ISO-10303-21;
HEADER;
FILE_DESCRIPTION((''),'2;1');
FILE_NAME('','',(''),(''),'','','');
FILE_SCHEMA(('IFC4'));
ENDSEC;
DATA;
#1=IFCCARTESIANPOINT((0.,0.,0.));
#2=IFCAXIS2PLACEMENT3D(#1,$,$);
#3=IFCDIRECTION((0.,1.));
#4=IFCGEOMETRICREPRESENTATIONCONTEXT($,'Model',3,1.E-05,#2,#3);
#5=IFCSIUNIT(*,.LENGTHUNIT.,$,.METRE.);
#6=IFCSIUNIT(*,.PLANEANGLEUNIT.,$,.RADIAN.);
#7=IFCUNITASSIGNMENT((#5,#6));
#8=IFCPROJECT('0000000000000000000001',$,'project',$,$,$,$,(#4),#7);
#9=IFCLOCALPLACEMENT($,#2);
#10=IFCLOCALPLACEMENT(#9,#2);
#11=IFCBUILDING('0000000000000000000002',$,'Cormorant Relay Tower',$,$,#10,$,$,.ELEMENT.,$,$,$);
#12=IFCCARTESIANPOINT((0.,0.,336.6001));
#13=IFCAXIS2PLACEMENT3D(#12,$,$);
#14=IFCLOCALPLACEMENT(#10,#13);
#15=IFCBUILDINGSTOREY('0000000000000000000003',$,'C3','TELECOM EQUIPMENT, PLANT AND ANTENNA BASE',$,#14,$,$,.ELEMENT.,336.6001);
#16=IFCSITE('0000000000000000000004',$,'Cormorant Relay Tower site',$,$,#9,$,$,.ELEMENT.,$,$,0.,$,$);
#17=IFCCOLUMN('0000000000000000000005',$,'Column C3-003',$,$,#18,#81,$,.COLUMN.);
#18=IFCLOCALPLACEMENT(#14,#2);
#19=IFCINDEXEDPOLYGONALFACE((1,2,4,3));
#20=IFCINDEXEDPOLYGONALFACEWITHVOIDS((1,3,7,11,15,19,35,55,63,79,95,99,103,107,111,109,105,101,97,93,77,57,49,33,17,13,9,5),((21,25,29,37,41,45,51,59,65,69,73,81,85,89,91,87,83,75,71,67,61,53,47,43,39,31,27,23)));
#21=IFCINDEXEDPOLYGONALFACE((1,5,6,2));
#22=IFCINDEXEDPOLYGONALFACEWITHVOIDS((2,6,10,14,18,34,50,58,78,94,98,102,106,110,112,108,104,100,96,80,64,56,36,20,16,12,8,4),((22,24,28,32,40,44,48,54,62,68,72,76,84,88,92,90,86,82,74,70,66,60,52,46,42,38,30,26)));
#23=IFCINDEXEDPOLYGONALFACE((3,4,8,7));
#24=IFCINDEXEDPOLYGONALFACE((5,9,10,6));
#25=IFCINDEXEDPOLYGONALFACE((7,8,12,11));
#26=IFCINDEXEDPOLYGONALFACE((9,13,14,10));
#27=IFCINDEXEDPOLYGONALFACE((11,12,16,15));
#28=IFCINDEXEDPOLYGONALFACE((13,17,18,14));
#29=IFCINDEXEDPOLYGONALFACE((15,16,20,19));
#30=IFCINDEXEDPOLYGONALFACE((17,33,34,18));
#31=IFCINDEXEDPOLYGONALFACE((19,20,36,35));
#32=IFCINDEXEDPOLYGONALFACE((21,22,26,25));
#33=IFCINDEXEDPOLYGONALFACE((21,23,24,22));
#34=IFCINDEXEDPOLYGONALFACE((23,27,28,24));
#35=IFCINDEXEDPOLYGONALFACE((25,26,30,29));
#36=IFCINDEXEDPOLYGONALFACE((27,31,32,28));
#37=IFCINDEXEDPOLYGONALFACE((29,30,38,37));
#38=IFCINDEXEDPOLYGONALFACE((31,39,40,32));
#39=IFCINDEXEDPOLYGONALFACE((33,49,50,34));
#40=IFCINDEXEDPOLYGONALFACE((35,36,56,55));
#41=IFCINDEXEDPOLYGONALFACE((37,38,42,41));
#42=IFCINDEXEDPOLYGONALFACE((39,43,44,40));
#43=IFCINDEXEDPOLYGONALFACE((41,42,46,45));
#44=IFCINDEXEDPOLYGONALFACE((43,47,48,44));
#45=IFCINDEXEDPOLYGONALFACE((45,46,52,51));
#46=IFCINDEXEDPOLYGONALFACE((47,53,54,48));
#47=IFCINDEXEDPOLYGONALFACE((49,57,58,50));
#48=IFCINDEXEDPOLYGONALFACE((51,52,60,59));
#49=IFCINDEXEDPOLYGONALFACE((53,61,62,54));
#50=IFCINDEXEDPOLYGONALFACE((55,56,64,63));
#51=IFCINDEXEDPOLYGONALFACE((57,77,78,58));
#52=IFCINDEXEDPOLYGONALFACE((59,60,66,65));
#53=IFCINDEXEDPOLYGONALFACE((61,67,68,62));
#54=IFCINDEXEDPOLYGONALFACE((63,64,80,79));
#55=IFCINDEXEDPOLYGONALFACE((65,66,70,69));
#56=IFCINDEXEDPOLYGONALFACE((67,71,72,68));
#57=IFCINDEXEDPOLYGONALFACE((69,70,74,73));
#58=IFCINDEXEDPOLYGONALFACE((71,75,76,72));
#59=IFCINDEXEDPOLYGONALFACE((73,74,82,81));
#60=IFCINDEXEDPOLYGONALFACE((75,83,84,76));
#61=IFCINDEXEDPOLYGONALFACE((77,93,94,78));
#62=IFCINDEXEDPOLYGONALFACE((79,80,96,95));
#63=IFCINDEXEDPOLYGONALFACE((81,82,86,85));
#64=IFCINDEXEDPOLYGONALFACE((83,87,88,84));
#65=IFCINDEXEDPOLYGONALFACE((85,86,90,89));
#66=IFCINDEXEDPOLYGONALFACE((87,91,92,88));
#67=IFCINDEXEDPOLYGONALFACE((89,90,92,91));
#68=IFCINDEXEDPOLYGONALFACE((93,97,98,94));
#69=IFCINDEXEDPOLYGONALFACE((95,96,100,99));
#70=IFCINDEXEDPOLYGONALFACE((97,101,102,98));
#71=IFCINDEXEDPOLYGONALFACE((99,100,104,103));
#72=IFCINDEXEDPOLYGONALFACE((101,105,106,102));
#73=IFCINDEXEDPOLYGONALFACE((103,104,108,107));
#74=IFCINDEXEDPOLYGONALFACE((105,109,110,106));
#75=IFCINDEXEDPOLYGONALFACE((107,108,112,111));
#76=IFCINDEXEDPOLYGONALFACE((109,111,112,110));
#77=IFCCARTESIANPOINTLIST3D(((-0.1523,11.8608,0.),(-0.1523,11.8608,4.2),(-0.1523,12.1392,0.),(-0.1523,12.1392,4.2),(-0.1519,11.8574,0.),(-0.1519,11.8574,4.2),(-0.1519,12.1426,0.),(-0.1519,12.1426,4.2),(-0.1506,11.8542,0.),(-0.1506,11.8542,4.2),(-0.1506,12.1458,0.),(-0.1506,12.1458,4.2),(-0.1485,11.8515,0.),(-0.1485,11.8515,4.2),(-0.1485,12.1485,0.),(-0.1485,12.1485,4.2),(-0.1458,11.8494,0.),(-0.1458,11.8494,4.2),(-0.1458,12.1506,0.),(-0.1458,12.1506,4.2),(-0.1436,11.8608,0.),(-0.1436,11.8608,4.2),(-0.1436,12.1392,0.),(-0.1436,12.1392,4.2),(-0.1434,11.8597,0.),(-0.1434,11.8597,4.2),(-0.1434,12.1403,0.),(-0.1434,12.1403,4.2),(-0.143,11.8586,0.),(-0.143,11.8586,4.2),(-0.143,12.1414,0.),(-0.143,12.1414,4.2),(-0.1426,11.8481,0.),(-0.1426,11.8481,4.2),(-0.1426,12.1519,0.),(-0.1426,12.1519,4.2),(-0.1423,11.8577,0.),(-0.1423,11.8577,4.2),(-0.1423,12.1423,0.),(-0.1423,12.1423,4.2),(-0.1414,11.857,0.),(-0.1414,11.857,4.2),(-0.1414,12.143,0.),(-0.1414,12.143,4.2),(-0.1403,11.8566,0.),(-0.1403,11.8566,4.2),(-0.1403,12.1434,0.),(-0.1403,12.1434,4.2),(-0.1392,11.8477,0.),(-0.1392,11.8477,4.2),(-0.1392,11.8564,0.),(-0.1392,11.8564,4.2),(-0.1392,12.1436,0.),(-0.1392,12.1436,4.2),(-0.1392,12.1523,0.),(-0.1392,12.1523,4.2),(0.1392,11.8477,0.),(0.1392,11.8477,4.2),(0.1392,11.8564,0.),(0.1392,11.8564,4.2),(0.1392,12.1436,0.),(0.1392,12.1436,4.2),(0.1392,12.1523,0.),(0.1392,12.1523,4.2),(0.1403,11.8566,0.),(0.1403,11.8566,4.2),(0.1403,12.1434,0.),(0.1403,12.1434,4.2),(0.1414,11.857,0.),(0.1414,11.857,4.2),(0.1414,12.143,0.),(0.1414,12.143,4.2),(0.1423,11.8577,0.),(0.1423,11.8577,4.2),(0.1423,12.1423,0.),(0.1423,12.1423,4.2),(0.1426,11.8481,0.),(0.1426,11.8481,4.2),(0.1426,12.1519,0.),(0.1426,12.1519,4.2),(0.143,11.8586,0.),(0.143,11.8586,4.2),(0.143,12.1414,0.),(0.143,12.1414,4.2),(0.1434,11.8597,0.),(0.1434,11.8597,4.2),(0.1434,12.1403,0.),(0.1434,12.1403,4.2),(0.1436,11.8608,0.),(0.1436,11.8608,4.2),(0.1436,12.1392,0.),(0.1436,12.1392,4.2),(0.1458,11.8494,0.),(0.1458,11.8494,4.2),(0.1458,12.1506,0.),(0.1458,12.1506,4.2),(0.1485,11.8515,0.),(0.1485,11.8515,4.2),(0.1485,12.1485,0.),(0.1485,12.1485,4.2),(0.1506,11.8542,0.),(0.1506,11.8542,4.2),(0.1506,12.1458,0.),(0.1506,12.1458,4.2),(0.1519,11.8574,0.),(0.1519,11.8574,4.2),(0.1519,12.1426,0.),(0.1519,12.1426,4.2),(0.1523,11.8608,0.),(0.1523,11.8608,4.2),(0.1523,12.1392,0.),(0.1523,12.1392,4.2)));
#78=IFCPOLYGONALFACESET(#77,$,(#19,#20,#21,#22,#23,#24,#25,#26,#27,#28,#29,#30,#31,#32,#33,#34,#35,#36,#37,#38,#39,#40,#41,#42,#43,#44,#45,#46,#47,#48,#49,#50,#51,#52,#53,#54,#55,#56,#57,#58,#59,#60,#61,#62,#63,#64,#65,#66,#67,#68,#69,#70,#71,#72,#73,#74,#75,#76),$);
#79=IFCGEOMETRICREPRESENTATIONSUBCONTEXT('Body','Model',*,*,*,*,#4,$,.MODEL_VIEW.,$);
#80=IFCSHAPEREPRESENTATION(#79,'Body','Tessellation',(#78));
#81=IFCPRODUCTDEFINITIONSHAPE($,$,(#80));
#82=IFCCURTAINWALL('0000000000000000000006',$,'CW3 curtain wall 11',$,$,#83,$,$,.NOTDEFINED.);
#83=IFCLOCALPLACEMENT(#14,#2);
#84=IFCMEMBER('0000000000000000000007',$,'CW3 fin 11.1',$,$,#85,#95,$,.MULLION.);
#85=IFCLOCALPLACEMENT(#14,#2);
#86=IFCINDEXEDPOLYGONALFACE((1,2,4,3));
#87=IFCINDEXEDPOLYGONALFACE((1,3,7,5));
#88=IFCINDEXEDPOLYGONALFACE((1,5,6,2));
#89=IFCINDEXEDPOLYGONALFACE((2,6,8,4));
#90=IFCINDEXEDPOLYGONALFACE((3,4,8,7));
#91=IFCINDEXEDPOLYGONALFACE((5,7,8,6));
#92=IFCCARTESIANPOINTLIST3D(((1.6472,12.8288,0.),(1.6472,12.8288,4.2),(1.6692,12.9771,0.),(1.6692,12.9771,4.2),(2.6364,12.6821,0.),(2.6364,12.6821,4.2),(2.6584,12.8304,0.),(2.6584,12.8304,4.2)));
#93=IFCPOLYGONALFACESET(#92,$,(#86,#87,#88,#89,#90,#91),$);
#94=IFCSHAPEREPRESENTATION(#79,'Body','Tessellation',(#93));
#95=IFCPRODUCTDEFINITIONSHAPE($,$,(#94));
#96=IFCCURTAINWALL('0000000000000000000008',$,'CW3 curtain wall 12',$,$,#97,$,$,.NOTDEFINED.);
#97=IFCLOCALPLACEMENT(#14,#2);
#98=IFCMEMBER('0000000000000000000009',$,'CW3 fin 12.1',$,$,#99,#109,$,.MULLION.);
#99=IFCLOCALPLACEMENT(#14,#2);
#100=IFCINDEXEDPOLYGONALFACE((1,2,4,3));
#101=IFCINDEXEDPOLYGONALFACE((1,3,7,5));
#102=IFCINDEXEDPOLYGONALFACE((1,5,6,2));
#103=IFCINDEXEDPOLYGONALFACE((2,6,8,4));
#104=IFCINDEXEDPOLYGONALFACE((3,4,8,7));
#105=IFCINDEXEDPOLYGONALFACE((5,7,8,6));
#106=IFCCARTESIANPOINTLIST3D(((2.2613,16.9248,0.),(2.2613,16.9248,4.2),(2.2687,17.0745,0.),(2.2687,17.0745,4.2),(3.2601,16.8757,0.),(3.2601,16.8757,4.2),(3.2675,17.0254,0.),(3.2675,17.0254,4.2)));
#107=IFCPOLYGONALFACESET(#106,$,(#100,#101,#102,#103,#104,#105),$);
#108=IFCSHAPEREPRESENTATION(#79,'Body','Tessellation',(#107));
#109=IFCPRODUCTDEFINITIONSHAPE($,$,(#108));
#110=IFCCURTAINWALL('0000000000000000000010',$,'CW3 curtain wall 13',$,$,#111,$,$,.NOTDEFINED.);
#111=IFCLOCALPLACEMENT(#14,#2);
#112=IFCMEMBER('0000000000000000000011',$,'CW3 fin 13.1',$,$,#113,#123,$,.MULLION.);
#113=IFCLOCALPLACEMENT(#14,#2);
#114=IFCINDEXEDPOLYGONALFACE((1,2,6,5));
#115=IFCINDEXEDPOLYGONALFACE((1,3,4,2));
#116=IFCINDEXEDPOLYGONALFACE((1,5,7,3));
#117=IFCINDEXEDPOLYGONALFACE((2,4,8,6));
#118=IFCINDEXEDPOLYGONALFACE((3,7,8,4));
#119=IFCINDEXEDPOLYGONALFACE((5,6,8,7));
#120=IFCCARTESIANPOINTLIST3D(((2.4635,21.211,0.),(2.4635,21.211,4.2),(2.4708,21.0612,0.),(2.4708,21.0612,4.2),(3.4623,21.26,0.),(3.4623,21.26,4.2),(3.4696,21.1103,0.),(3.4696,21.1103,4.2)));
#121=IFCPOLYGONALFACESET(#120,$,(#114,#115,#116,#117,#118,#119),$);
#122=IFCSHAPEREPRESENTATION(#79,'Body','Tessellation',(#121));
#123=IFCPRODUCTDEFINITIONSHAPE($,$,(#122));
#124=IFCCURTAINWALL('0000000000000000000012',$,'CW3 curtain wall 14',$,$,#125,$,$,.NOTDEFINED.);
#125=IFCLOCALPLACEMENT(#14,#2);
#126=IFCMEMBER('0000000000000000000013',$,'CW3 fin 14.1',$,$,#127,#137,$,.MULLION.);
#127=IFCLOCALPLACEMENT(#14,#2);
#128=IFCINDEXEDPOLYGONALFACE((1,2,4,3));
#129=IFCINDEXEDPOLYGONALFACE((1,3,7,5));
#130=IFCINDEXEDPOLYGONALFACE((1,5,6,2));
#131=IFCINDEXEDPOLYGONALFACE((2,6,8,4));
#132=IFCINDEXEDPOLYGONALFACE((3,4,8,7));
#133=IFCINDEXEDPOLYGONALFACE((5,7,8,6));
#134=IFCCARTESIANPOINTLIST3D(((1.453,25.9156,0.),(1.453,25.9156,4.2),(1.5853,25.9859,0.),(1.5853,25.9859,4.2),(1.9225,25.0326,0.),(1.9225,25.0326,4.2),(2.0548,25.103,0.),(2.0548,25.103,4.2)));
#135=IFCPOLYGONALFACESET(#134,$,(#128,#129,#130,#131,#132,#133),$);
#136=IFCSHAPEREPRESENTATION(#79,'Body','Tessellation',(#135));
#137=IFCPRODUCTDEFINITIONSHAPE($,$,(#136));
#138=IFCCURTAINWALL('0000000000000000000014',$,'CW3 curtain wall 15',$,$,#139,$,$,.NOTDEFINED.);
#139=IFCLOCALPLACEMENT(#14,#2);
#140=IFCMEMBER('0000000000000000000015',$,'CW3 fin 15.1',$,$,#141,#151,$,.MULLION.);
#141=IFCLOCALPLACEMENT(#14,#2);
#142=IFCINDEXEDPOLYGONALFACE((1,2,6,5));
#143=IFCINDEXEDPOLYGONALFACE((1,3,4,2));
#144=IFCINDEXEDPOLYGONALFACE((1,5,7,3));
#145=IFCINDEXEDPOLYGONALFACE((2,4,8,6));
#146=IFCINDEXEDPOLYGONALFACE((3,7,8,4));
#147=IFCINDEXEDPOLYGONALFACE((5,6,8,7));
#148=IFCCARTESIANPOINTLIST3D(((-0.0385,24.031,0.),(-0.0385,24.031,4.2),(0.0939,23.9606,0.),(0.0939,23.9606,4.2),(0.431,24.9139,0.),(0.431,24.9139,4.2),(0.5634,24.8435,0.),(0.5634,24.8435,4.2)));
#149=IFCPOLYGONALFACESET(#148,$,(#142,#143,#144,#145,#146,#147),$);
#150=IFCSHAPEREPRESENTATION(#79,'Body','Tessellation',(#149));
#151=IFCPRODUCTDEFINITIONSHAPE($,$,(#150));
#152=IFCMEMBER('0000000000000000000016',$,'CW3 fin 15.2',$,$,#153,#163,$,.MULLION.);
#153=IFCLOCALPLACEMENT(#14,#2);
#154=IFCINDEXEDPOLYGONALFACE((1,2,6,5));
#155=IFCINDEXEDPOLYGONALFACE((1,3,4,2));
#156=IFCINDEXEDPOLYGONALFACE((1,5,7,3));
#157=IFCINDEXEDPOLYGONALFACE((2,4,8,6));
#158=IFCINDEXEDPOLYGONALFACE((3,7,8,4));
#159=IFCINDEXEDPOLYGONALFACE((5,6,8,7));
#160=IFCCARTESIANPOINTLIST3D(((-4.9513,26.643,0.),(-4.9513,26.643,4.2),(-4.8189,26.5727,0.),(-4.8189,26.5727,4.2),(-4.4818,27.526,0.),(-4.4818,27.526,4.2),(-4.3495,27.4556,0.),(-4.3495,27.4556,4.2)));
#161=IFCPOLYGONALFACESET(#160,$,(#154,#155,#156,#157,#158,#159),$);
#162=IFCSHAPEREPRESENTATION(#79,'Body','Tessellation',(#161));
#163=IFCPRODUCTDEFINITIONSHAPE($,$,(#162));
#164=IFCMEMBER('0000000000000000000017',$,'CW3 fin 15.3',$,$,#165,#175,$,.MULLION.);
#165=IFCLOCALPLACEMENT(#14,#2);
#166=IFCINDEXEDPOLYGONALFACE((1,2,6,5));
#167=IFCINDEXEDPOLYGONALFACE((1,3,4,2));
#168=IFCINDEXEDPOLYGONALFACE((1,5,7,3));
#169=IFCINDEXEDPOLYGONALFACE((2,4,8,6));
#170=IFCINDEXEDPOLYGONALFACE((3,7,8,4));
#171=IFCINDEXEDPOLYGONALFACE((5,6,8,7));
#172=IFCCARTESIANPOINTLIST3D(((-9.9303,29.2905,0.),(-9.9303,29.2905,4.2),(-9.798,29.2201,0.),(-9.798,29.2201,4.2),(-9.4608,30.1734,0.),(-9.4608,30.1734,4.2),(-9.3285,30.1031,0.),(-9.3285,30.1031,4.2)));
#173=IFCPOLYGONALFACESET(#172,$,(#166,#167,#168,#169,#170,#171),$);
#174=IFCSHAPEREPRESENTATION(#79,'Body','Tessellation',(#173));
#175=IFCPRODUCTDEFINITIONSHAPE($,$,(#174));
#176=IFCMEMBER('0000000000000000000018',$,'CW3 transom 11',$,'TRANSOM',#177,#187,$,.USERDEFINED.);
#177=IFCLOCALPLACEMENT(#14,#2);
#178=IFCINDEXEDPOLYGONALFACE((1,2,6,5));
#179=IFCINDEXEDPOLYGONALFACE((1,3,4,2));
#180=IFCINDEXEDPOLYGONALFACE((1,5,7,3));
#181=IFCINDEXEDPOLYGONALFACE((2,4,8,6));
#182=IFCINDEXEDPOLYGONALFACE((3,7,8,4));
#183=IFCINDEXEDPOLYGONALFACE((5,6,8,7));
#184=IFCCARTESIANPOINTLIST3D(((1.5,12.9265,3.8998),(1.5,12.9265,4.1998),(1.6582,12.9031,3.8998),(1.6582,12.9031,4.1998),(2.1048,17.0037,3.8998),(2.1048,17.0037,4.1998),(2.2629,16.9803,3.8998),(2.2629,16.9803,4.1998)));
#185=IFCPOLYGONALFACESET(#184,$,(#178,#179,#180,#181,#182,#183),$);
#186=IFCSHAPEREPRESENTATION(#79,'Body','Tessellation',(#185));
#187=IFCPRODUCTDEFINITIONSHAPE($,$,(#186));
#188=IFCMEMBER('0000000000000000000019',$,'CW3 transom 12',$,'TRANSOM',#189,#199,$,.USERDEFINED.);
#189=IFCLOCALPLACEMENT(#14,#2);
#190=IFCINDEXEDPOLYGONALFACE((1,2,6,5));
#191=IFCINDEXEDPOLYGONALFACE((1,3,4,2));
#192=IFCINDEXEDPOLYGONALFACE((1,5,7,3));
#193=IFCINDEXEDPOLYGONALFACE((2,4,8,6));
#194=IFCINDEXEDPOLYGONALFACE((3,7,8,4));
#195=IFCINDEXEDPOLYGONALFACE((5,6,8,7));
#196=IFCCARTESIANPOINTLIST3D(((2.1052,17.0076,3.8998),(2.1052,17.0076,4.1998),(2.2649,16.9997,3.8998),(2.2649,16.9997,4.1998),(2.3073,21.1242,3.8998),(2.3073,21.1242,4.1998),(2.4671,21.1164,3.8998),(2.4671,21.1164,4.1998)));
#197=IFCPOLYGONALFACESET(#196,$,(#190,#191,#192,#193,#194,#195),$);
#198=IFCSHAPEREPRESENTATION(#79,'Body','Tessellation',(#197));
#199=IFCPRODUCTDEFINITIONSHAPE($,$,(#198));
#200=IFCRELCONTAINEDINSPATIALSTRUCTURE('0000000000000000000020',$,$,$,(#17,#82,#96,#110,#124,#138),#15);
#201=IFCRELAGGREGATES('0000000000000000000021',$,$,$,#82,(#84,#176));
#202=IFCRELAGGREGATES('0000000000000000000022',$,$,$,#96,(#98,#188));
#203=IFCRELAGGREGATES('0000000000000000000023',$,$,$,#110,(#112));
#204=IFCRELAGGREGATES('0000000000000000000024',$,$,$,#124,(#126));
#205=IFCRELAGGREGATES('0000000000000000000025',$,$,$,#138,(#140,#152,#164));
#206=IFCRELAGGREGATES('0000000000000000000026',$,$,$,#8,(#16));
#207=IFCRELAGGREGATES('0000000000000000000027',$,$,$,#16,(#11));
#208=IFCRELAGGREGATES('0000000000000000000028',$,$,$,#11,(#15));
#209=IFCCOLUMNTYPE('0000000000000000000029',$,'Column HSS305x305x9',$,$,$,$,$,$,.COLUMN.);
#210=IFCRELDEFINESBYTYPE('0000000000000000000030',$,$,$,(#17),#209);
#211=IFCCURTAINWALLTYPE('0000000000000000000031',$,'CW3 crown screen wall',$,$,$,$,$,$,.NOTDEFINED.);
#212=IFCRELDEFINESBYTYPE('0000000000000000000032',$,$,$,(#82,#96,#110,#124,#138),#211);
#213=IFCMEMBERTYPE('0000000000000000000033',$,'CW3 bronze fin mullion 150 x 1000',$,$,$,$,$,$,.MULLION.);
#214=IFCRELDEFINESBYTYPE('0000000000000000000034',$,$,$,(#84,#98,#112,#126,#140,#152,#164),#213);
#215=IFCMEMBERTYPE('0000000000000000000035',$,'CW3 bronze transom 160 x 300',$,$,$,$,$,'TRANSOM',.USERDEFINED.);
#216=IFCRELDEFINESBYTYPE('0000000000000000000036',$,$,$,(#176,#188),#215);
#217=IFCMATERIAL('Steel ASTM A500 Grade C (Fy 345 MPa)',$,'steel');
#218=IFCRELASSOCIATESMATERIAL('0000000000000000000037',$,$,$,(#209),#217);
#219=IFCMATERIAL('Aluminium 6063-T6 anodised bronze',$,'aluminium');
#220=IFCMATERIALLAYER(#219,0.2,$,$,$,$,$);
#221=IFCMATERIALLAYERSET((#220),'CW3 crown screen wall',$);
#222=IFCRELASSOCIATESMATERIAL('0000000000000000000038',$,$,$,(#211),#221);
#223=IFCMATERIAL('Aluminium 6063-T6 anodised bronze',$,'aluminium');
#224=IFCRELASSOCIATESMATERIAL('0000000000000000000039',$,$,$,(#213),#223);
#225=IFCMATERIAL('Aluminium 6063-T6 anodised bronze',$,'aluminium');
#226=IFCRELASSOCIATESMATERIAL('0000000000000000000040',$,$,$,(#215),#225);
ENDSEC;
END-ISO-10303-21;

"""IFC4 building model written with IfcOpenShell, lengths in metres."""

from ifc_helpers import new_model, si_unit, direction, frame, origin, origin_2d, place, context, subcontext, project, spatial, rectangle, hollow_rectangle, extrude, material, layer, layer_set, material_profile, profile_set, type_object, element, aggregate, save


model = new_model("IFC4")

# Units and contexts
model_context = context("Model", 3, precision=1e-05, world=origin(), true_north=direction((0.0, 1.0)))
body_context = subcontext(model_context, "Body", "Model", "MODEL_VIEW")
ifc_project = project(units=[si_unit("LENGTHUNIT", "METRE"), si_unit("PLANEANGLEUNIT", "RADIAN")], contexts=[model_context])

# Site, building, storey
site_placement = place(None, origin())
site = spatial("IfcSite", under=ifc_project, at=site_placement, Name="Cormorant Relay Tower site", CompositionType="ELEMENT", RefElevation=0.0)
building_placement = place(site_placement, origin())
building = spatial("IfcBuilding", under=site, at=building_placement, Name="Cormorant Relay Tower", CompositionType="ELEMENT")
storey_placement = place(building_placement, frame((0.0, 0.0, 336.6001)))
storey = spatial("IfcBuildingStorey", under=building, at=storey_placement, Name="C3", Description="TELECOM EQUIPMENT, PLANT AND ANTENNA BASE", CompositionType="ELEMENT", Elevation=336.6001)

# Column
ifc_material_1 = material(Name="Steel ASTM A500 Grade C (Fy 345 MPa)", Category="steel")
ifc_material_profile_1 = material_profile(ifc_material_1, hollow_rectangle(XDim=0.3047, YDim=0.3047, WallThickness=0.0088, InnerFilletRadius=0.0044, OuterFilletRadius=0.0132, at=origin_2d()), Name="HSS305x305x9")
ifc_profile_set_1 = profile_set([ifc_material_profile_1], Name="Steel ASTM A500 Grade C (Fy 345 MPa)")
column_type = type_object("IfcColumnType", Name="Column HSS305x305x9", PredefinedType="COLUMN", material=ifc_profile_set_1)
column_placement = place(storey_placement, frame((0.0, 12.0, 0.0), z_axis=(0.0, 0.0, 1.0), x_axis=(1.0, 0.0, 0.0)))
element("IfcColumn", 1, at=column_placement, inside=storey, type_object=column_type, Name="Column C3-003", PredefinedType="COLUMN", context=body_context, shape_type="SweptSolid", body=[
    extrude(hollow_rectangle(XDim=0.3047, YDim=0.3047, WallThickness=0.0088, InnerFilletRadius=0.0044, OuterFilletRadius=0.0132, at=origin_2d()), origin(), (0.0, 0.0, 1.0), 4.2),
])

# Curtain walls, members
ifc_material_2 = material(Name="Aluminium 6063-T6 anodised bronze", Category="aluminium")
ifc_layer_1 = layer(ifc_material_2, 0.2)
ifc_layer_set_1 = layer_set([ifc_layer_1], Name="CW3 crown screen wall")
curtain_wall_type = type_object("IfcCurtainWallType", Name="CW3 crown screen wall", PredefinedType="NOTDEFINED", material=ifc_layer_set_1)
curtain_wall_1_placement = place(storey_placement, origin())
curtain_wall_1 = element("IfcCurtainWall", 2, at=curtain_wall_1_placement, inside=storey, type_object=curtain_wall_type, Name="CW3 curtain wall 11", PredefinedType="NOTDEFINED")
ifc_material_3 = material(Name="Aluminium 6063-T6 anodised bronze", Category="aluminium")
ifc_material_profile_2 = material_profile(ifc_material_3, rectangle(XDim=0.1499, YDim=1.0, at=origin_2d()), Name="AL 150x1000")
ifc_profile_set_2 = profile_set([ifc_material_profile_2], Name="Aluminium 6063-T6 anodised bronze")
member_type_1 = type_object("IfcMemberType", Name="CW3 bronze fin mullion 150 x 1000", PredefinedType="MULLION", material=ifc_profile_set_2)
member_1_placement = place(storey_placement, frame((2.1528, 12.8296, 0.0), z_axis=(0.0, 0.0, 1.0), x_axis=(0.14673, 0.989177, 0.0)))
member_1 = element("IfcMember", 3, at=member_1_placement, type_object=member_type_1, Name="CW3 fin 11.1", PredefinedType="MULLION", context=body_context, shape_type="SweptSolid", body=[
    extrude(rectangle(XDim=0.1499, YDim=1.0, at=origin_2d()), origin(), (0.0, 0.0, 1.0), 4.2),
])
curtain_wall_2_placement = place(storey_placement, origin())
curtain_wall_2 = element("IfcCurtainWall", 4, at=curtain_wall_2_placement, inside=storey, type_object=curtain_wall_type, Name="CW3 curtain wall 12", PredefinedType="NOTDEFINED")
member_2_placement = place(storey_placement, frame((2.7644, 16.9751, 0.0), z_axis=(0.0, 0.0, 1.0), x_axis=(0.049068, 0.998795, 0.0)))
member_2 = element("IfcMember", 5, at=member_2_placement, type_object=member_type_1, Name="CW3 fin 12.1", PredefinedType="MULLION", context=body_context, shape_type="SweptSolid", body=[
    extrude(rectangle(XDim=0.1499, YDim=1.0, at=origin_2d()), origin(), (0.0, 0.0, 1.0), 4.2),
])
curtain_wall_3_placement = place(storey_placement, origin())
curtain_wall_3 = element("IfcCurtainWall", 6, at=curtain_wall_3_placement, inside=storey, type_object=curtain_wall_type, Name="CW3 curtain wall 13", PredefinedType="NOTDEFINED")
member_3_placement = place(storey_placement, frame((2.9666, 21.1606, 0.0), z_axis=(0.0, 0.0, 1.0), x_axis=(-0.049068, 0.998795, 0.0)))
member_3 = element("IfcMember", 7, at=member_3_placement, type_object=member_type_1, Name="CW3 fin 13.1", PredefinedType="MULLION", context=body_context, shape_type="SweptSolid", body=[
    extrude(rectangle(XDim=0.1499, YDim=1.0, at=origin_2d()), origin(), (0.0, 0.0, 1.0), 4.2),
])
curtain_wall_4_placement = place(storey_placement, origin())
curtain_wall_4 = element("IfcCurtainWall", 8, at=curtain_wall_4_placement, inside=storey, type_object=curtain_wall_type, Name="CW3 curtain wall 14", PredefinedType="NOTDEFINED")
member_4_placement = place(storey_placement, frame((1.7539, 25.5093, 0.0), z_axis=(0.0, 0.0, 1.0), x_axis=(-0.882948, -0.469472, 0.0)))
member_4 = element("IfcMember", 9, at=member_4_placement, type_object=member_type_1, Name="CW3 fin 14.1", PredefinedType="MULLION", context=body_context, shape_type="SweptSolid", body=[
    extrude(rectangle(XDim=0.1499, YDim=1.0, at=origin_2d()), origin(), (0.0, 0.0, 1.0), 4.2),
])

# Curtain wall, members
curtain_wall_5_placement = place(storey_placement, origin())
curtain_wall_5 = element("IfcCurtainWall", 10, at=curtain_wall_5_placement, inside=storey, type_object=curtain_wall_type, Name="CW3 curtain wall 15", PredefinedType="NOTDEFINED")
member_5_placement = place(storey_placement, frame((0.2625, 24.4373, 0.0), z_axis=(0.0, 0.0, 1.0), x_axis=(-0.882948, 0.469472, 0.0)))
member_5 = element("IfcMember", 11, at=member_5_placement, type_object=member_type_1, Name="CW3 fin 15.1", PredefinedType="MULLION", context=body_context, shape_type="SweptSolid", body=[
    extrude(rectangle(XDim=0.1499, YDim=1.0, at=origin_2d()), origin(), (0.0, 0.0, 1.0), 4.2),
])
member_6_placement = place(storey_placement, frame((-4.6504, 27.0493, 0.0), z_axis=(0.0, 0.0, 1.0), x_axis=(-0.882948, 0.469472, 0.0)))
member_6 = element("IfcMember", 12, at=member_6_placement, type_object=member_type_1, Name="CW3 fin 15.2", PredefinedType="MULLION", context=body_context, shape_type="SweptSolid", body=[
    extrude(rectangle(XDim=0.1499, YDim=1.0, at=origin_2d()), origin(), (0.0, 0.0, 1.0), 4.2),
])
member_7_placement = place(storey_placement, frame((-9.6294, 29.6968, 0.0), z_axis=(0.0, 0.0, 1.0), x_axis=(-0.882948, 0.469472, 0.0)))
member_7 = element("IfcMember", 13, at=member_7_placement, type_object=member_type_1, Name="CW3 fin 15.3", PredefinedType="MULLION", context=body_context, shape_type="SweptSolid", body=[
    extrude(rectangle(XDim=0.1499, YDim=1.0, at=origin_2d()), origin(), (0.0, 0.0, 1.0), 4.2),
])

# Members
ifc_material_4 = material(Name="Aluminium 6063-T6 anodised bronze", Category="aluminium")
ifc_material_profile_3 = material_profile(ifc_material_4, rectangle(XDim=0.1599, YDim=0.3, at=origin_2d()), Name="AL 160x300")
ifc_profile_set_3 = profile_set([ifc_material_profile_3], Name="Aluminium 6063-T6 anodised bronze")
member_type_2 = type_object("IfcMemberType", Name="CW3 bronze transom 160 x 300", ElementType="TRANSOM", PredefinedType="USERDEFINED", material=ifc_profile_set_3)
member_8_placement = place(storey_placement, frame((1.5791, 12.9148, 4.0498), z_axis=(0.146718, 0.989178, 0.0), x_axis=(-0.989178, 0.146718, 0.0)))
member_8 = element("IfcMember", 14, at=member_8_placement, type_object=member_type_2, Name="CW3 transom 11", ObjectType="TRANSOM", PredefinedType="USERDEFINED", context=body_context, shape_type="SweptSolid", body=[
    extrude(rectangle(XDim=0.1599, YDim=0.3, at=origin_2d()), origin(), (0.0, 0.0, 1.0), 4.1218),
])
member_9_placement = place(storey_placement, frame((2.1851, 17.0037, 4.0498), z_axis=(0.049045, 0.998797, 0.0), x_axis=(-0.998797, 0.049045, 0.0)))
member_9 = element("IfcMember", 15, at=member_9_placement, type_object=member_type_2, Name="CW3 transom 12", ObjectType="TRANSOM", PredefinedType="USERDEFINED", context=body_context, shape_type="SweptSolid", body=[
    extrude(rectangle(XDim=0.1599, YDim=0.3, at=origin_2d()), origin(), (0.0, 0.0, 1.0), 4.1216),
])

aggregate(curtain_wall_1, [member_1, member_8])
aggregate(curtain_wall_2, [member_2, member_9])
aggregate(curtain_wall_3, [member_3])
aggregate(curtain_wall_4, [member_4])
aggregate(curtain_wall_5, [member_5, member_6, member_7])

save(model, "model.ifc")
